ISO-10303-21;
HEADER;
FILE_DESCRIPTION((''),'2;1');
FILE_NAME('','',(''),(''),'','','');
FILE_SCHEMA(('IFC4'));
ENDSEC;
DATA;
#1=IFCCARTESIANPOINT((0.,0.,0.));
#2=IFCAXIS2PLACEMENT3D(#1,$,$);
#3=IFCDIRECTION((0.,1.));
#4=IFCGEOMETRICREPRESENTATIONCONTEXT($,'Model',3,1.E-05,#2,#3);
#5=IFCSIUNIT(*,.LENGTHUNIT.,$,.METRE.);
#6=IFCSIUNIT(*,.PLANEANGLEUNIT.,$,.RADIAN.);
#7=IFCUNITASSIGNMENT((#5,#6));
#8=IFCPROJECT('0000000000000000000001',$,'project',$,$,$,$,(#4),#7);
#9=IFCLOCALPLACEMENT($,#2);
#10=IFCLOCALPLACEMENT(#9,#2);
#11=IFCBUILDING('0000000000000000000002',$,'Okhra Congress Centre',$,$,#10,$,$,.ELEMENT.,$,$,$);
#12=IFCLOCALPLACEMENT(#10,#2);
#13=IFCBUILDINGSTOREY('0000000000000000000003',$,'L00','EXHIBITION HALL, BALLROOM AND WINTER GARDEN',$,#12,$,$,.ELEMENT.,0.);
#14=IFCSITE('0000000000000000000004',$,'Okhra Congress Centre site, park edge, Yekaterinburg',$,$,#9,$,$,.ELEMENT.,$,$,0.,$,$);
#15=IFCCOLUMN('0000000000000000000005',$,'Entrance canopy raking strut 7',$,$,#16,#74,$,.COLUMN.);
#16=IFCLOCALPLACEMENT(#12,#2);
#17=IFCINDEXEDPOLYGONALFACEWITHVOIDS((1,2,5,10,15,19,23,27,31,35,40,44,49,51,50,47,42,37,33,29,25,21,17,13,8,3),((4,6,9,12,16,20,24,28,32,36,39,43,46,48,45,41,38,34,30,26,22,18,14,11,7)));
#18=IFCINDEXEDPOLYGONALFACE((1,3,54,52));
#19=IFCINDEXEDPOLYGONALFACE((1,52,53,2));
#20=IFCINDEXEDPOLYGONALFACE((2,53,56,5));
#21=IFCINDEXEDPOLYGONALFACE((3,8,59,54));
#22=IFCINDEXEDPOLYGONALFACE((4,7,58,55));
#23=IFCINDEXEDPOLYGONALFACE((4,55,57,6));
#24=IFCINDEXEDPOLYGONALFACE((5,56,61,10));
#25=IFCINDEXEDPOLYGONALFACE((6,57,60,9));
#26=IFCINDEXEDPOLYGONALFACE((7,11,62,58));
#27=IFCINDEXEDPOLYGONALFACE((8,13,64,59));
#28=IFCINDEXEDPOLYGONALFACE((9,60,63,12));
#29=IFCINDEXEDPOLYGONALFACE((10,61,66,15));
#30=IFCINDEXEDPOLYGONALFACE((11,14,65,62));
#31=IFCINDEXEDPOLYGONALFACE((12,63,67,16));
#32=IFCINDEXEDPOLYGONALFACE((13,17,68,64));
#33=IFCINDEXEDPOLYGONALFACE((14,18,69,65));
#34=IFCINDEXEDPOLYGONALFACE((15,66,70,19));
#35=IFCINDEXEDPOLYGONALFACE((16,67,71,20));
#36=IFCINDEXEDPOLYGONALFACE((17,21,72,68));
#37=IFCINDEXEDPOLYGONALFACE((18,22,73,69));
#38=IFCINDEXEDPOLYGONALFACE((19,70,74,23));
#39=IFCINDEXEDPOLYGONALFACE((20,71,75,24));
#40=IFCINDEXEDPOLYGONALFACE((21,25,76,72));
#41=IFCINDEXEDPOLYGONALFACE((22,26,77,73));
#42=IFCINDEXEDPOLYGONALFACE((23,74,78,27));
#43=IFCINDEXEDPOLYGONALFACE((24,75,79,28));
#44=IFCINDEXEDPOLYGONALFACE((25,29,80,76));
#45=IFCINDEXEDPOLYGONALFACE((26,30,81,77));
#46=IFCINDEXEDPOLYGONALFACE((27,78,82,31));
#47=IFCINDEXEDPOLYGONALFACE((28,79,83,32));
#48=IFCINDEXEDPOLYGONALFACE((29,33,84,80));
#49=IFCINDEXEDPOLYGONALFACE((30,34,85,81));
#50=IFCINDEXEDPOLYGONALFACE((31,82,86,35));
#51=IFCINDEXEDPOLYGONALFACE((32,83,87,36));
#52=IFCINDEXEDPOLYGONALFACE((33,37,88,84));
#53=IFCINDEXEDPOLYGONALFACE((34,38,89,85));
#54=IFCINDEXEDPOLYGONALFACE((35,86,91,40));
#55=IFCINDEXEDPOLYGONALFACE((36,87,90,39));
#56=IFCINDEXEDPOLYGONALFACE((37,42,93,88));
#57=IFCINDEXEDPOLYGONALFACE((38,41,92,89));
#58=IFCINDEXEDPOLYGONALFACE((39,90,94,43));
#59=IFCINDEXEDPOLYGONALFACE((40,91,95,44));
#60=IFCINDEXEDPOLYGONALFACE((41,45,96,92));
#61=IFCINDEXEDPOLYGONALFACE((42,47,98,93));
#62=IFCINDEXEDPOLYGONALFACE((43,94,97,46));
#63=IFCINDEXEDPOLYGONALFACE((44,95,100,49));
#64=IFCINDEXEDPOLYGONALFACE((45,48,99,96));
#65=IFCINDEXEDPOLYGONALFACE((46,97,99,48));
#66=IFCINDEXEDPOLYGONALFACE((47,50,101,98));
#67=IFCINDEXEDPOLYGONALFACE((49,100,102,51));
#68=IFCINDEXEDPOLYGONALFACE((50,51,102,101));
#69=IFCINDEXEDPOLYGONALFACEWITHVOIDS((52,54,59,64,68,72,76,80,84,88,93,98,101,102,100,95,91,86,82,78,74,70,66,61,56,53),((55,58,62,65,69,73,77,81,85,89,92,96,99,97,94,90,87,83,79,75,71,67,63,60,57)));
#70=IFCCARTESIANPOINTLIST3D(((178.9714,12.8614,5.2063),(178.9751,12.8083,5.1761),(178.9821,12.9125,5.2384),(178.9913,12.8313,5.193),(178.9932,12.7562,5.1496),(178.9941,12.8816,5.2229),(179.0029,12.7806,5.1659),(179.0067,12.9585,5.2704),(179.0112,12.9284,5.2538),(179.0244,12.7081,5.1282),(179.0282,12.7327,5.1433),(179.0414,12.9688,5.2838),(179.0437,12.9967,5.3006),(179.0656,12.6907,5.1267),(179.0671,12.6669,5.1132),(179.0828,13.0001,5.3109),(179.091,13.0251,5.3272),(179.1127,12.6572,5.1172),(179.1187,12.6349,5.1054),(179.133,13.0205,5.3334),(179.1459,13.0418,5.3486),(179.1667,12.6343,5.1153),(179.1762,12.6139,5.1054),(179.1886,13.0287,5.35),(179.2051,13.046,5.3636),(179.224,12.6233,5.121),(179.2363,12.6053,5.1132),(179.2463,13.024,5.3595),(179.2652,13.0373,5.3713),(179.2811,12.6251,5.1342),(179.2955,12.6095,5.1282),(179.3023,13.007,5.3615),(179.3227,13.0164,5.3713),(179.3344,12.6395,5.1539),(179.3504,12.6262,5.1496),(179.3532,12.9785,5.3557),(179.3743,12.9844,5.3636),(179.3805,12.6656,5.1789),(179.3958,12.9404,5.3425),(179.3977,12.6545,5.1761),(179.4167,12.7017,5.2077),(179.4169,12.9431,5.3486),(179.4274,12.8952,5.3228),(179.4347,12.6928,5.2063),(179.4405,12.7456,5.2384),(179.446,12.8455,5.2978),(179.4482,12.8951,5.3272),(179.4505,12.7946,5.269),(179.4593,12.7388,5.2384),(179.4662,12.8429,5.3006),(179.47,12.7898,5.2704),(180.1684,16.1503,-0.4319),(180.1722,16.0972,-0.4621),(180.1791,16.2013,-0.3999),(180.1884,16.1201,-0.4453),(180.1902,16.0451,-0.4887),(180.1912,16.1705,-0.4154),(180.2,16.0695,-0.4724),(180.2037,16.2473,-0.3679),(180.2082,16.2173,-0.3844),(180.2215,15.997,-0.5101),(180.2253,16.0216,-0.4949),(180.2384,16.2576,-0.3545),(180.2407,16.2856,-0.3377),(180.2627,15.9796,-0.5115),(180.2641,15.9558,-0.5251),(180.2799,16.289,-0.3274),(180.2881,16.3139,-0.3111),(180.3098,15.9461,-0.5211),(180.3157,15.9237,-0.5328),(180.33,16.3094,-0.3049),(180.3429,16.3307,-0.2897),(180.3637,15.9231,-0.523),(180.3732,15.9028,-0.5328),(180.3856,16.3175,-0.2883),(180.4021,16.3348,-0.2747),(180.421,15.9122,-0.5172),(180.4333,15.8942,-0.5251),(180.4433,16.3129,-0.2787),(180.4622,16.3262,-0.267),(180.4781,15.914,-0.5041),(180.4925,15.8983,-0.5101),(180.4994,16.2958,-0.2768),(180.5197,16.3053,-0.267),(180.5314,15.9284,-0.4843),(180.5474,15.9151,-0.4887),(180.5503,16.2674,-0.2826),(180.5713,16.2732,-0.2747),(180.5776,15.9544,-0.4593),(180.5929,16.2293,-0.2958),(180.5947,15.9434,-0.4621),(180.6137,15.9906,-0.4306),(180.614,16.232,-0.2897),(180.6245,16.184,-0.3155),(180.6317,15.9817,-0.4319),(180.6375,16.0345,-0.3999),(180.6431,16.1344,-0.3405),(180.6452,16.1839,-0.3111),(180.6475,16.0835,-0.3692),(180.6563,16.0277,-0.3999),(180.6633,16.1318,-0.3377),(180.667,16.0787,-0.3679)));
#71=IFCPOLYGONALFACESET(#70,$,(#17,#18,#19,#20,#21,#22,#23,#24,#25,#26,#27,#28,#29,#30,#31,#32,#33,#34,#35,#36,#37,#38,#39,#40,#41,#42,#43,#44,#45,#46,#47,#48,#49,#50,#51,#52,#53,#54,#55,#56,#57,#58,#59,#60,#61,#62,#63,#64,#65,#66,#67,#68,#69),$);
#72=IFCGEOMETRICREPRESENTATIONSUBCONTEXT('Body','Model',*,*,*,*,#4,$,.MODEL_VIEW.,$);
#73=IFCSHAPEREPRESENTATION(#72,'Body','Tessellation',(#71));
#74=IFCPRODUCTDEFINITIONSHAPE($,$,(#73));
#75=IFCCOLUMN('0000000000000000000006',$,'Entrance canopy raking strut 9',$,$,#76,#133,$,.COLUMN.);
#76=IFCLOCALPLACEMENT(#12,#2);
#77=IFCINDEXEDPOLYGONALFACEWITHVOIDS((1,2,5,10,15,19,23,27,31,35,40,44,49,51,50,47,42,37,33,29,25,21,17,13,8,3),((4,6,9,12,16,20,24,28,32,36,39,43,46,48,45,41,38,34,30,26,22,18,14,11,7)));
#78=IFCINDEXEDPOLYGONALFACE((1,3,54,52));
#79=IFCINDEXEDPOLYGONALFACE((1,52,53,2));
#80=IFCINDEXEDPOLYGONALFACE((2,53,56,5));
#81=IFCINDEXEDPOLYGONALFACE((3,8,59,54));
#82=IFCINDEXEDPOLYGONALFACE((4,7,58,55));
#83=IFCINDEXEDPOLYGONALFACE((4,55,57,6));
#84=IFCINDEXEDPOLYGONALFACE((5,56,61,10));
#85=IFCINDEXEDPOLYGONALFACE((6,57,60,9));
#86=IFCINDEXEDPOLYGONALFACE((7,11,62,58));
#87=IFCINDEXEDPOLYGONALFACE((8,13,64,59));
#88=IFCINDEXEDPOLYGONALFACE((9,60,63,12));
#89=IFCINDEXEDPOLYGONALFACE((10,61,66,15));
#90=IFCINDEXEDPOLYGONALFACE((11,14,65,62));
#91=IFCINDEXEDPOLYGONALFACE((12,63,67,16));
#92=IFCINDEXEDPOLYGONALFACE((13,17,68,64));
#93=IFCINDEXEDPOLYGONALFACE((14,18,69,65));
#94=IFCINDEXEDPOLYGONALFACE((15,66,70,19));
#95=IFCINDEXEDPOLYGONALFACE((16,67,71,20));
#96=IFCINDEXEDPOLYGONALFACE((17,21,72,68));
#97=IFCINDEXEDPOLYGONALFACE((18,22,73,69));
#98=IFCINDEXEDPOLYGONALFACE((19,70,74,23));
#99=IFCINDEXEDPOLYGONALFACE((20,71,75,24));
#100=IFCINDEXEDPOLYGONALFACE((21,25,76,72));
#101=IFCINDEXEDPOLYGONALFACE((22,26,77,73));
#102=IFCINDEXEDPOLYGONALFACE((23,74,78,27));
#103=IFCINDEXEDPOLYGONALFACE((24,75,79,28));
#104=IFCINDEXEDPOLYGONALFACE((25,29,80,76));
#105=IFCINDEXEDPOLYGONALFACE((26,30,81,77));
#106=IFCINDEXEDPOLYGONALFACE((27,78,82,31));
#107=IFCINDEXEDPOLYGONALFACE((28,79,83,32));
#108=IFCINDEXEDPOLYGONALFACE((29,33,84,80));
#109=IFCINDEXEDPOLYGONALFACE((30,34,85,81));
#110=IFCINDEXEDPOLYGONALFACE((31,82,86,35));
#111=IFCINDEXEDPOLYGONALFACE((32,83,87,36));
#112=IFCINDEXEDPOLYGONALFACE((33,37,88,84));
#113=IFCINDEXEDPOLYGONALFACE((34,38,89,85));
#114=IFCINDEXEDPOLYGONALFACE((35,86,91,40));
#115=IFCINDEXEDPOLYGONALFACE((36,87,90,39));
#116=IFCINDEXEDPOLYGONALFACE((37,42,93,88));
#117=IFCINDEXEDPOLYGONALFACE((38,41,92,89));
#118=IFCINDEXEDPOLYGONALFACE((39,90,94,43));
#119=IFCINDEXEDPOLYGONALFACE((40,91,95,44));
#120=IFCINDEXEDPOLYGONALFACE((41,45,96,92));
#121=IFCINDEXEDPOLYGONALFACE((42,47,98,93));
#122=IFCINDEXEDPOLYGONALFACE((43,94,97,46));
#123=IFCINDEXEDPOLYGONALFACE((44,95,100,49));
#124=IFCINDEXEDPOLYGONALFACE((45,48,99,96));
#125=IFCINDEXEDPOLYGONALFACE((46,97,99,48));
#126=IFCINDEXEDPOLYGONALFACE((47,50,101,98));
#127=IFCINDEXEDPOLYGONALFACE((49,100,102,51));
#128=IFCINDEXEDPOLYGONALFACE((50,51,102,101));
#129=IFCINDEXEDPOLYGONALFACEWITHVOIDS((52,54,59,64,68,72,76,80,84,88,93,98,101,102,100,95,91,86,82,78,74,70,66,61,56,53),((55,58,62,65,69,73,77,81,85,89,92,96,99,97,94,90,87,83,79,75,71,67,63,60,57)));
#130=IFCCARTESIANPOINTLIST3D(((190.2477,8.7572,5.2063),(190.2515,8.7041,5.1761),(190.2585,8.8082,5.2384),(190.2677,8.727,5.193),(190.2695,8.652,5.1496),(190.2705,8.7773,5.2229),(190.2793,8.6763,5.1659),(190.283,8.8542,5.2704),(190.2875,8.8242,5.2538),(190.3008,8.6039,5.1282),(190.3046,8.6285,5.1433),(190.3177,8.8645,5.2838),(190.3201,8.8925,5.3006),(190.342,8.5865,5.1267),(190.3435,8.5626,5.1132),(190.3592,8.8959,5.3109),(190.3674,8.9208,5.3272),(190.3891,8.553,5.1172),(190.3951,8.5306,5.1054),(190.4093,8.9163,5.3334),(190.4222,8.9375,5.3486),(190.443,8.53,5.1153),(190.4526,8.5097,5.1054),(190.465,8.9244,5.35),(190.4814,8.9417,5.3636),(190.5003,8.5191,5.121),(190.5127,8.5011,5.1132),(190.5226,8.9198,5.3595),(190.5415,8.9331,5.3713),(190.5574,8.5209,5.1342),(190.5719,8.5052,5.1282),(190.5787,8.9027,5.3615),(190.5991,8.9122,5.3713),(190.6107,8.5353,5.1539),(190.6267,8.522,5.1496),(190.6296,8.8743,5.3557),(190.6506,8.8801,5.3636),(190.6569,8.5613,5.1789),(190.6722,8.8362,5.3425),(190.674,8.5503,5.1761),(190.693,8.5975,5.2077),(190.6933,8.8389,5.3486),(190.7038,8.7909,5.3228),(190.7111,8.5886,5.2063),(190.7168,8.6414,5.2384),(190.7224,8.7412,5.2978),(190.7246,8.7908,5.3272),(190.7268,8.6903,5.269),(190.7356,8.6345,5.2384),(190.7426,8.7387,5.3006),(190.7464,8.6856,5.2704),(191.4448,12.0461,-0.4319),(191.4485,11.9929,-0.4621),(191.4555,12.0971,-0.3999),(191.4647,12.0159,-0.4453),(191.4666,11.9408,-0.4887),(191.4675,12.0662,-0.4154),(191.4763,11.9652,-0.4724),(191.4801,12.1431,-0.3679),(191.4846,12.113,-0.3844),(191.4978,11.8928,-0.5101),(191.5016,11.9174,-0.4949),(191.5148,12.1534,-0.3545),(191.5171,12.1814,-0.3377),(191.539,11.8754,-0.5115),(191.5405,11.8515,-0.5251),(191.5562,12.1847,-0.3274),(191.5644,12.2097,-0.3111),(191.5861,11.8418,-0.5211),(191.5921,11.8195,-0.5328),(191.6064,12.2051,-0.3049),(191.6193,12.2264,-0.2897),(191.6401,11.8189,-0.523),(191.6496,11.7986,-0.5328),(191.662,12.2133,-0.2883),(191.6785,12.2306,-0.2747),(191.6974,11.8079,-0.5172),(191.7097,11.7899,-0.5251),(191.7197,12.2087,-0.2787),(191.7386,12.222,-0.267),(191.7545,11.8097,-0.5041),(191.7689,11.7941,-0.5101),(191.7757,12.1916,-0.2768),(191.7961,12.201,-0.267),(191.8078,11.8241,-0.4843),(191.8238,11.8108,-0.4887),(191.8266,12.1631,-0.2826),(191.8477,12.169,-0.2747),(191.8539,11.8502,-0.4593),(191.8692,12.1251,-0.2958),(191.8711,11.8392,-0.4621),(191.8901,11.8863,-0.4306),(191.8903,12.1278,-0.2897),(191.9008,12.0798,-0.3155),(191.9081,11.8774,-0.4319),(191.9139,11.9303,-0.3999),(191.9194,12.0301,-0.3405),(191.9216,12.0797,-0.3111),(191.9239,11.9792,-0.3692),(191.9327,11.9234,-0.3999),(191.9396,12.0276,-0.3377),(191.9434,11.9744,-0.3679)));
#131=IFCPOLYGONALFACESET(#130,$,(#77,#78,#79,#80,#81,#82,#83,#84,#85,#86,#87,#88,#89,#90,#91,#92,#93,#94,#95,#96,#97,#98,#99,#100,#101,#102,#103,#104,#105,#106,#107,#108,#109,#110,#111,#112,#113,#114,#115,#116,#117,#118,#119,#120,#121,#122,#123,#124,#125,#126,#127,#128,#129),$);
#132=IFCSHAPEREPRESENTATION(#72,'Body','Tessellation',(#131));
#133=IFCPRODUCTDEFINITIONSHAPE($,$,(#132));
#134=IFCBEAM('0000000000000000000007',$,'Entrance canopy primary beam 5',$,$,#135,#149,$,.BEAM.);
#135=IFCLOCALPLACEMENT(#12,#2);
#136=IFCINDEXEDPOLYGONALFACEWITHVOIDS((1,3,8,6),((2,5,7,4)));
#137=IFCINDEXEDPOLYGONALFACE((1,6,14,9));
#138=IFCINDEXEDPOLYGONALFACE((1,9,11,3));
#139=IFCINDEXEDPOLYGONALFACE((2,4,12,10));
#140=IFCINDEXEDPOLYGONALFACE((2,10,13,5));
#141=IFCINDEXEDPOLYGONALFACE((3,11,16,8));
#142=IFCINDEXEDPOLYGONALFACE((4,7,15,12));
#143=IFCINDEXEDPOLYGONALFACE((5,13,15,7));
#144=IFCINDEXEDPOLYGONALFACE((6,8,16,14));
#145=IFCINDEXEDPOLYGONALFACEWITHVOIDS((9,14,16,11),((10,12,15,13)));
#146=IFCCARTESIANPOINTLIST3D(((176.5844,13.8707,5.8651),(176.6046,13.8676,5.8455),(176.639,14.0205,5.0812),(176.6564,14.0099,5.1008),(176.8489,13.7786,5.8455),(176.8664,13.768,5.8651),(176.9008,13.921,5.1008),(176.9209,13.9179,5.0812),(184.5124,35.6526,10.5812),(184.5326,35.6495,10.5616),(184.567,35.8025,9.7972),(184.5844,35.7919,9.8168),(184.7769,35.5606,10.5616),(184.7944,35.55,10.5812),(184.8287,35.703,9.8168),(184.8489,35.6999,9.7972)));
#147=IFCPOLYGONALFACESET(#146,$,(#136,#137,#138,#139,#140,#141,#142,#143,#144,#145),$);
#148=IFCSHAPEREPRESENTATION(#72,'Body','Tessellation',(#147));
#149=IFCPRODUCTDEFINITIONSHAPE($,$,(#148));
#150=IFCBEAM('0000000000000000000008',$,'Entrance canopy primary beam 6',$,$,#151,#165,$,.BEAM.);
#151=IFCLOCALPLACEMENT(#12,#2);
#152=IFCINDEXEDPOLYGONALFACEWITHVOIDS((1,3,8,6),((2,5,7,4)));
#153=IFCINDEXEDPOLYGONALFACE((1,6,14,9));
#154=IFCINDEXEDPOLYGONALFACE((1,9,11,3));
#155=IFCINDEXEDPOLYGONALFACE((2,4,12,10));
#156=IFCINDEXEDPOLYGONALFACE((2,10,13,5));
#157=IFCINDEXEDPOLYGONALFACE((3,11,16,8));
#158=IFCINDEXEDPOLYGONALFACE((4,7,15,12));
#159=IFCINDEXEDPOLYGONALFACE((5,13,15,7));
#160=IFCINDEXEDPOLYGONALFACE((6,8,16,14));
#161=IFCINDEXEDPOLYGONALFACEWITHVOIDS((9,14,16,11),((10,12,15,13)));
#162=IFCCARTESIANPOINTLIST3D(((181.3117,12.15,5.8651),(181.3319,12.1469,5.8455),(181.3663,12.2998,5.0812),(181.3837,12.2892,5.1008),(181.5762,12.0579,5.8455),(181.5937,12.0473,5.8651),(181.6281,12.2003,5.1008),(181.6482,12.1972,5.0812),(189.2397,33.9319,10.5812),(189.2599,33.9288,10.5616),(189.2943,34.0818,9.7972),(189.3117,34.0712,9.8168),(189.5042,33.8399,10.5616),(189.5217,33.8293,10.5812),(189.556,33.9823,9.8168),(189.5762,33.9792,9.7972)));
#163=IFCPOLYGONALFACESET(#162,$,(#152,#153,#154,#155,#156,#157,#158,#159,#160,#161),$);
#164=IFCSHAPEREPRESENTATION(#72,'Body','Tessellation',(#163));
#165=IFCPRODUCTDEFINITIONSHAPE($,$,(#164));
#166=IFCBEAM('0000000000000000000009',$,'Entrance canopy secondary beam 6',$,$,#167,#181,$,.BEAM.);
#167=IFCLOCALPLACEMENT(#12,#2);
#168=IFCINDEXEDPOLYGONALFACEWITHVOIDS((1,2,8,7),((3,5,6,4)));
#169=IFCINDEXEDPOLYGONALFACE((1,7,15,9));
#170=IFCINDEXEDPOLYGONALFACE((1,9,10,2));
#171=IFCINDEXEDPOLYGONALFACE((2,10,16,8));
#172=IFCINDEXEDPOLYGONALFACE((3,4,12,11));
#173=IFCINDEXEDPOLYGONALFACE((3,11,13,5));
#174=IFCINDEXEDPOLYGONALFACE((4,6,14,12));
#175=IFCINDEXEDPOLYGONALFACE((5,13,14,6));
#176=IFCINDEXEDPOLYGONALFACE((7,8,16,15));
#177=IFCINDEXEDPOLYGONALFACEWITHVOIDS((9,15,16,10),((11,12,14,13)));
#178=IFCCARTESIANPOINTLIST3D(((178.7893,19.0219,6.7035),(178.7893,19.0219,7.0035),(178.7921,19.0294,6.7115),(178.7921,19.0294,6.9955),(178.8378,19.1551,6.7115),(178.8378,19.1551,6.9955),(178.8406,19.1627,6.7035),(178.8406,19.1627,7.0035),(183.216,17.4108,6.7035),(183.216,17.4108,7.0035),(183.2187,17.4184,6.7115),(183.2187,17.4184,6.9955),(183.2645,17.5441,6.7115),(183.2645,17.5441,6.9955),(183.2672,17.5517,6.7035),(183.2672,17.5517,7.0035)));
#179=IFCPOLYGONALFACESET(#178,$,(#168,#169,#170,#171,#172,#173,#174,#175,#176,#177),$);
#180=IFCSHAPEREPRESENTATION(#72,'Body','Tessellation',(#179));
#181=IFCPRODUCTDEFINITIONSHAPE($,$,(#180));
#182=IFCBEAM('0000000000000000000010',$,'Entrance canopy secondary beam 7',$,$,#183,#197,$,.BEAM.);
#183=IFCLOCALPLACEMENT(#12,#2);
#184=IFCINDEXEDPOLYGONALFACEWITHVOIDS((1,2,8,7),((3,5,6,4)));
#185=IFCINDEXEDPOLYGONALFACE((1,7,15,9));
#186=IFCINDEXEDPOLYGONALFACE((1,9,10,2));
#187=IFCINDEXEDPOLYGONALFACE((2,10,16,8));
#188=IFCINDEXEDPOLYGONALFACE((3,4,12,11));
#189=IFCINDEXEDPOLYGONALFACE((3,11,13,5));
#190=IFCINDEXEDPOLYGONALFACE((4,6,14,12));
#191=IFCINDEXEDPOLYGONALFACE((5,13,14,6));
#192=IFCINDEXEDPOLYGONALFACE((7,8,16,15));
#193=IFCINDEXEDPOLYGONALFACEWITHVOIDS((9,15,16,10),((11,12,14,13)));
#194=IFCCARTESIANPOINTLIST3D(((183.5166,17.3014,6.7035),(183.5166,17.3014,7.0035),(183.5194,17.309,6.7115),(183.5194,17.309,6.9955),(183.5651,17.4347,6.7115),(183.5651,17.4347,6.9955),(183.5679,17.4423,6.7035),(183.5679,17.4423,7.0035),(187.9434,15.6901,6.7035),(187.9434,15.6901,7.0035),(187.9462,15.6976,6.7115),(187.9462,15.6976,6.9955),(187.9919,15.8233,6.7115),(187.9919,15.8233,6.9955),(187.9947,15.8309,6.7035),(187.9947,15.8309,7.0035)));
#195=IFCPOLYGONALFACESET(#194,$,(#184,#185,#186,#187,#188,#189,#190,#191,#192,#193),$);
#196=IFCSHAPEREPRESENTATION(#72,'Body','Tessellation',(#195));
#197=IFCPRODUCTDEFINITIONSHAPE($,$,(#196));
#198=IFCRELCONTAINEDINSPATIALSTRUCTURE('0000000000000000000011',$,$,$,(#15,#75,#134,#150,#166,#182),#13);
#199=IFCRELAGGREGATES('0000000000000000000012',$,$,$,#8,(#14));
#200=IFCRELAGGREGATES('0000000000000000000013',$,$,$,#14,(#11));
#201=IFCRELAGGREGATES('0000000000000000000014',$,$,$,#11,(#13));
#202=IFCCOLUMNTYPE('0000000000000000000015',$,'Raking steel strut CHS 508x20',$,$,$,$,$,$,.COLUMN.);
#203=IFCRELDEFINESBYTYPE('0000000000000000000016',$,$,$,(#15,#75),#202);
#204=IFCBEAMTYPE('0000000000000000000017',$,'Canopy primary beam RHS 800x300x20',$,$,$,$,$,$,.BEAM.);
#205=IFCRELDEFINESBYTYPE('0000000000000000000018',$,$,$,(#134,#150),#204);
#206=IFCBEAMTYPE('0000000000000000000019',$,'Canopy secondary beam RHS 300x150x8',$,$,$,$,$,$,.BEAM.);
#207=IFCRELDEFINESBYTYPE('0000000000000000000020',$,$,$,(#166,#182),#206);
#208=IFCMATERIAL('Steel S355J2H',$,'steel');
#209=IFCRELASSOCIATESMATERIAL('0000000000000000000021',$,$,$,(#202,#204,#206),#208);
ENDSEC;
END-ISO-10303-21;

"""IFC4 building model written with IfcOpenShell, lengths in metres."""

from ifc_helpers import new_model, si_unit, direction, frame, origin, origin_2d, place, context, subcontext, project, spatial, hollow_rectangle, hollow_circle, extrude, material, material_profile, profile_set, type_object, element, save


model = new_model("IFC4")

# Units and contexts
model_context = context("Model", 3, precision=1e-05, world=origin(), true_north=direction((0.0, 1.0)))
body_context = subcontext(model_context, "Body", "Model", "MODEL_VIEW")
ifc_project = project(units=[si_unit("LENGTHUNIT", "METRE"), si_unit("PLANEANGLEUNIT", "RADIAN")], contexts=[model_context])

# Site, building, storey
site_placement = place(None, origin())
site = spatial("IfcSite", under=ifc_project, at=site_placement, Name="Okhra Congress Centre site, park edge, Yekaterinburg", CompositionType="ELEMENT", RefElevation=0.0)
building_placement = place(site_placement, origin())
building = spatial("IfcBuilding", under=site, at=building_placement, Name="Okhra Congress Centre", CompositionType="ELEMENT")
storey_placement = place(building_placement, origin())
storey = spatial("IfcBuildingStorey", under=building, at=storey_placement, Name="L00", Description="EXHIBITION HALL, BALLROOM AND WINTER GARDEN", CompositionType="ELEMENT", Elevation=0.0)

# Columns
ifc_material_1 = material(Name="Steel S355J2H", Category="steel")
ifc_material_profile_1 = material_profile(ifc_material_1, hollow_circle(Radius=0.2539, WallThickness=0.02, at=origin_2d()), Name="CHS 508x20")
ifc_profile_set_1 = profile_set([ifc_material_profile_1], Name="Steel S355J2H")
column_type = type_object("IfcColumnType", Name="Raking steel strut CHS 508x20", PredefinedType="COLUMN", material=ifc_profile_set_1)
for number, where, z_axis, x_axis, name in (
    (1, (180.4177, 16.1145, -0.3999), (-0.180379, -0.495592, 0.849618), (0.939694, -0.342017, 0.0), "Entrance canopy raking strut 7"),
    (2, (191.6941, 12.0103, -0.3999), (-0.180379, -0.495592, 0.849618), (0.939694, -0.342017, 0.0), "Entrance canopy raking strut 9"),
):
    element("IfcColumn", number, at=place(storey_placement, frame(where, z_axis=z_axis, x_axis=x_axis)), inside=storey, type_object=column_type, Name=name, PredefinedType="COLUMN", context=body_context, shape_type="SweptSolid", body=[
        extrude(hollow_circle(Radius=0.2539, WallThickness=0.02, at=origin_2d()), origin(), (0.0, 0.0, 1.0), 6.6362),
    ])

# Beams
ifc_material_profile_2 = material_profile(ifc_material_1, hollow_rectangle(XDim=0.3, YDim=0.8, WallThickness=0.02, at=origin_2d()), Name="RHS 800x300x20")
ifc_profile_set_2 = profile_set([ifc_material_profile_2], Name="Steel S355J2H")
beam_type_1 = type_object("IfcBeamType", Name="Canopy primary beam RHS 800x300x20", PredefinedType="BEAM", material=ifc_profile_set_2)
for number, where, z_axis, x_axis, name in (
    (3, (176.7527, 13.8943, 5.4731), (0.335153, 0.920828, 0.19937), (-0.939693, 0.34202, 0.0), "Entrance canopy primary beam 5"),
    (4, (181.48, 12.1736, 5.4731), (0.335153, 0.920828, 0.19937), (-0.939693, 0.34202, 0.0), "Entrance canopy primary beam 6"),
):
    element("IfcBeam", number, at=place(storey_placement, frame(where, z_axis=z_axis, x_axis=x_axis)), inside=storey, type_object=beam_type_1, Name=name, PredefinedType="BEAM", context=body_context, shape_type="SweptSolid", body=[
        extrude(hollow_rectangle(XDim=0.3, YDim=0.8, WallThickness=0.02, at=origin_2d()), origin(), (0.0, 0.0, 1.0), 23.6548),
    ])
ifc_material_profile_3 = material_profile(ifc_material_1, hollow_rectangle(XDim=0.1499, YDim=0.3, WallThickness=0.0081, at=origin_2d()), Name="RHS 300x150x8")
ifc_profile_set_3 = profile_set([ifc_material_profile_3], Name="Steel S355J2H")
beam_type_2 = type_object("IfcBeamType", Name="Canopy secondary beam RHS 300x150x8", PredefinedType="BEAM", material=ifc_profile_set_3)
beam_1_placement = place(storey_placement, frame((178.8149, 19.0923, 6.8535), z_axis=(0.939701, -0.341997, 0.0), x_axis=(0.341997, 0.939701, 0.0)))
element("IfcBeam", 5, at=beam_1_placement, inside=storey, type_object=beam_type_2, Name="Entrance canopy secondary beam 6", PredefinedType="BEAM", context=body_context, shape_type="SweptSolid", body=[
    extrude(hollow_rectangle(XDim=0.1499, YDim=0.3, WallThickness=0.0081, at=origin_2d()), origin(), (0.0, 0.0, 1.0), 4.7107),
])
beam_2_placement = place(storey_placement, frame((183.5422, 17.3718, 6.8535), z_axis=(0.939684, -0.342043, 0.0), x_axis=(0.342043, 0.939684, 0.0)))
element("IfcBeam", 6, at=beam_2_placement, inside=storey, type_object=beam_type_2, Name="Entrance canopy secondary beam 7", PredefinedType="BEAM", context=body_context, shape_type="SweptSolid", body=[
    extrude(hollow_rectangle(XDim=0.1499, YDim=0.3, WallThickness=0.0081, at=origin_2d()), origin(), (0.0, 0.0, 1.0), 4.7109),
])

save(model, "model.ifc")
